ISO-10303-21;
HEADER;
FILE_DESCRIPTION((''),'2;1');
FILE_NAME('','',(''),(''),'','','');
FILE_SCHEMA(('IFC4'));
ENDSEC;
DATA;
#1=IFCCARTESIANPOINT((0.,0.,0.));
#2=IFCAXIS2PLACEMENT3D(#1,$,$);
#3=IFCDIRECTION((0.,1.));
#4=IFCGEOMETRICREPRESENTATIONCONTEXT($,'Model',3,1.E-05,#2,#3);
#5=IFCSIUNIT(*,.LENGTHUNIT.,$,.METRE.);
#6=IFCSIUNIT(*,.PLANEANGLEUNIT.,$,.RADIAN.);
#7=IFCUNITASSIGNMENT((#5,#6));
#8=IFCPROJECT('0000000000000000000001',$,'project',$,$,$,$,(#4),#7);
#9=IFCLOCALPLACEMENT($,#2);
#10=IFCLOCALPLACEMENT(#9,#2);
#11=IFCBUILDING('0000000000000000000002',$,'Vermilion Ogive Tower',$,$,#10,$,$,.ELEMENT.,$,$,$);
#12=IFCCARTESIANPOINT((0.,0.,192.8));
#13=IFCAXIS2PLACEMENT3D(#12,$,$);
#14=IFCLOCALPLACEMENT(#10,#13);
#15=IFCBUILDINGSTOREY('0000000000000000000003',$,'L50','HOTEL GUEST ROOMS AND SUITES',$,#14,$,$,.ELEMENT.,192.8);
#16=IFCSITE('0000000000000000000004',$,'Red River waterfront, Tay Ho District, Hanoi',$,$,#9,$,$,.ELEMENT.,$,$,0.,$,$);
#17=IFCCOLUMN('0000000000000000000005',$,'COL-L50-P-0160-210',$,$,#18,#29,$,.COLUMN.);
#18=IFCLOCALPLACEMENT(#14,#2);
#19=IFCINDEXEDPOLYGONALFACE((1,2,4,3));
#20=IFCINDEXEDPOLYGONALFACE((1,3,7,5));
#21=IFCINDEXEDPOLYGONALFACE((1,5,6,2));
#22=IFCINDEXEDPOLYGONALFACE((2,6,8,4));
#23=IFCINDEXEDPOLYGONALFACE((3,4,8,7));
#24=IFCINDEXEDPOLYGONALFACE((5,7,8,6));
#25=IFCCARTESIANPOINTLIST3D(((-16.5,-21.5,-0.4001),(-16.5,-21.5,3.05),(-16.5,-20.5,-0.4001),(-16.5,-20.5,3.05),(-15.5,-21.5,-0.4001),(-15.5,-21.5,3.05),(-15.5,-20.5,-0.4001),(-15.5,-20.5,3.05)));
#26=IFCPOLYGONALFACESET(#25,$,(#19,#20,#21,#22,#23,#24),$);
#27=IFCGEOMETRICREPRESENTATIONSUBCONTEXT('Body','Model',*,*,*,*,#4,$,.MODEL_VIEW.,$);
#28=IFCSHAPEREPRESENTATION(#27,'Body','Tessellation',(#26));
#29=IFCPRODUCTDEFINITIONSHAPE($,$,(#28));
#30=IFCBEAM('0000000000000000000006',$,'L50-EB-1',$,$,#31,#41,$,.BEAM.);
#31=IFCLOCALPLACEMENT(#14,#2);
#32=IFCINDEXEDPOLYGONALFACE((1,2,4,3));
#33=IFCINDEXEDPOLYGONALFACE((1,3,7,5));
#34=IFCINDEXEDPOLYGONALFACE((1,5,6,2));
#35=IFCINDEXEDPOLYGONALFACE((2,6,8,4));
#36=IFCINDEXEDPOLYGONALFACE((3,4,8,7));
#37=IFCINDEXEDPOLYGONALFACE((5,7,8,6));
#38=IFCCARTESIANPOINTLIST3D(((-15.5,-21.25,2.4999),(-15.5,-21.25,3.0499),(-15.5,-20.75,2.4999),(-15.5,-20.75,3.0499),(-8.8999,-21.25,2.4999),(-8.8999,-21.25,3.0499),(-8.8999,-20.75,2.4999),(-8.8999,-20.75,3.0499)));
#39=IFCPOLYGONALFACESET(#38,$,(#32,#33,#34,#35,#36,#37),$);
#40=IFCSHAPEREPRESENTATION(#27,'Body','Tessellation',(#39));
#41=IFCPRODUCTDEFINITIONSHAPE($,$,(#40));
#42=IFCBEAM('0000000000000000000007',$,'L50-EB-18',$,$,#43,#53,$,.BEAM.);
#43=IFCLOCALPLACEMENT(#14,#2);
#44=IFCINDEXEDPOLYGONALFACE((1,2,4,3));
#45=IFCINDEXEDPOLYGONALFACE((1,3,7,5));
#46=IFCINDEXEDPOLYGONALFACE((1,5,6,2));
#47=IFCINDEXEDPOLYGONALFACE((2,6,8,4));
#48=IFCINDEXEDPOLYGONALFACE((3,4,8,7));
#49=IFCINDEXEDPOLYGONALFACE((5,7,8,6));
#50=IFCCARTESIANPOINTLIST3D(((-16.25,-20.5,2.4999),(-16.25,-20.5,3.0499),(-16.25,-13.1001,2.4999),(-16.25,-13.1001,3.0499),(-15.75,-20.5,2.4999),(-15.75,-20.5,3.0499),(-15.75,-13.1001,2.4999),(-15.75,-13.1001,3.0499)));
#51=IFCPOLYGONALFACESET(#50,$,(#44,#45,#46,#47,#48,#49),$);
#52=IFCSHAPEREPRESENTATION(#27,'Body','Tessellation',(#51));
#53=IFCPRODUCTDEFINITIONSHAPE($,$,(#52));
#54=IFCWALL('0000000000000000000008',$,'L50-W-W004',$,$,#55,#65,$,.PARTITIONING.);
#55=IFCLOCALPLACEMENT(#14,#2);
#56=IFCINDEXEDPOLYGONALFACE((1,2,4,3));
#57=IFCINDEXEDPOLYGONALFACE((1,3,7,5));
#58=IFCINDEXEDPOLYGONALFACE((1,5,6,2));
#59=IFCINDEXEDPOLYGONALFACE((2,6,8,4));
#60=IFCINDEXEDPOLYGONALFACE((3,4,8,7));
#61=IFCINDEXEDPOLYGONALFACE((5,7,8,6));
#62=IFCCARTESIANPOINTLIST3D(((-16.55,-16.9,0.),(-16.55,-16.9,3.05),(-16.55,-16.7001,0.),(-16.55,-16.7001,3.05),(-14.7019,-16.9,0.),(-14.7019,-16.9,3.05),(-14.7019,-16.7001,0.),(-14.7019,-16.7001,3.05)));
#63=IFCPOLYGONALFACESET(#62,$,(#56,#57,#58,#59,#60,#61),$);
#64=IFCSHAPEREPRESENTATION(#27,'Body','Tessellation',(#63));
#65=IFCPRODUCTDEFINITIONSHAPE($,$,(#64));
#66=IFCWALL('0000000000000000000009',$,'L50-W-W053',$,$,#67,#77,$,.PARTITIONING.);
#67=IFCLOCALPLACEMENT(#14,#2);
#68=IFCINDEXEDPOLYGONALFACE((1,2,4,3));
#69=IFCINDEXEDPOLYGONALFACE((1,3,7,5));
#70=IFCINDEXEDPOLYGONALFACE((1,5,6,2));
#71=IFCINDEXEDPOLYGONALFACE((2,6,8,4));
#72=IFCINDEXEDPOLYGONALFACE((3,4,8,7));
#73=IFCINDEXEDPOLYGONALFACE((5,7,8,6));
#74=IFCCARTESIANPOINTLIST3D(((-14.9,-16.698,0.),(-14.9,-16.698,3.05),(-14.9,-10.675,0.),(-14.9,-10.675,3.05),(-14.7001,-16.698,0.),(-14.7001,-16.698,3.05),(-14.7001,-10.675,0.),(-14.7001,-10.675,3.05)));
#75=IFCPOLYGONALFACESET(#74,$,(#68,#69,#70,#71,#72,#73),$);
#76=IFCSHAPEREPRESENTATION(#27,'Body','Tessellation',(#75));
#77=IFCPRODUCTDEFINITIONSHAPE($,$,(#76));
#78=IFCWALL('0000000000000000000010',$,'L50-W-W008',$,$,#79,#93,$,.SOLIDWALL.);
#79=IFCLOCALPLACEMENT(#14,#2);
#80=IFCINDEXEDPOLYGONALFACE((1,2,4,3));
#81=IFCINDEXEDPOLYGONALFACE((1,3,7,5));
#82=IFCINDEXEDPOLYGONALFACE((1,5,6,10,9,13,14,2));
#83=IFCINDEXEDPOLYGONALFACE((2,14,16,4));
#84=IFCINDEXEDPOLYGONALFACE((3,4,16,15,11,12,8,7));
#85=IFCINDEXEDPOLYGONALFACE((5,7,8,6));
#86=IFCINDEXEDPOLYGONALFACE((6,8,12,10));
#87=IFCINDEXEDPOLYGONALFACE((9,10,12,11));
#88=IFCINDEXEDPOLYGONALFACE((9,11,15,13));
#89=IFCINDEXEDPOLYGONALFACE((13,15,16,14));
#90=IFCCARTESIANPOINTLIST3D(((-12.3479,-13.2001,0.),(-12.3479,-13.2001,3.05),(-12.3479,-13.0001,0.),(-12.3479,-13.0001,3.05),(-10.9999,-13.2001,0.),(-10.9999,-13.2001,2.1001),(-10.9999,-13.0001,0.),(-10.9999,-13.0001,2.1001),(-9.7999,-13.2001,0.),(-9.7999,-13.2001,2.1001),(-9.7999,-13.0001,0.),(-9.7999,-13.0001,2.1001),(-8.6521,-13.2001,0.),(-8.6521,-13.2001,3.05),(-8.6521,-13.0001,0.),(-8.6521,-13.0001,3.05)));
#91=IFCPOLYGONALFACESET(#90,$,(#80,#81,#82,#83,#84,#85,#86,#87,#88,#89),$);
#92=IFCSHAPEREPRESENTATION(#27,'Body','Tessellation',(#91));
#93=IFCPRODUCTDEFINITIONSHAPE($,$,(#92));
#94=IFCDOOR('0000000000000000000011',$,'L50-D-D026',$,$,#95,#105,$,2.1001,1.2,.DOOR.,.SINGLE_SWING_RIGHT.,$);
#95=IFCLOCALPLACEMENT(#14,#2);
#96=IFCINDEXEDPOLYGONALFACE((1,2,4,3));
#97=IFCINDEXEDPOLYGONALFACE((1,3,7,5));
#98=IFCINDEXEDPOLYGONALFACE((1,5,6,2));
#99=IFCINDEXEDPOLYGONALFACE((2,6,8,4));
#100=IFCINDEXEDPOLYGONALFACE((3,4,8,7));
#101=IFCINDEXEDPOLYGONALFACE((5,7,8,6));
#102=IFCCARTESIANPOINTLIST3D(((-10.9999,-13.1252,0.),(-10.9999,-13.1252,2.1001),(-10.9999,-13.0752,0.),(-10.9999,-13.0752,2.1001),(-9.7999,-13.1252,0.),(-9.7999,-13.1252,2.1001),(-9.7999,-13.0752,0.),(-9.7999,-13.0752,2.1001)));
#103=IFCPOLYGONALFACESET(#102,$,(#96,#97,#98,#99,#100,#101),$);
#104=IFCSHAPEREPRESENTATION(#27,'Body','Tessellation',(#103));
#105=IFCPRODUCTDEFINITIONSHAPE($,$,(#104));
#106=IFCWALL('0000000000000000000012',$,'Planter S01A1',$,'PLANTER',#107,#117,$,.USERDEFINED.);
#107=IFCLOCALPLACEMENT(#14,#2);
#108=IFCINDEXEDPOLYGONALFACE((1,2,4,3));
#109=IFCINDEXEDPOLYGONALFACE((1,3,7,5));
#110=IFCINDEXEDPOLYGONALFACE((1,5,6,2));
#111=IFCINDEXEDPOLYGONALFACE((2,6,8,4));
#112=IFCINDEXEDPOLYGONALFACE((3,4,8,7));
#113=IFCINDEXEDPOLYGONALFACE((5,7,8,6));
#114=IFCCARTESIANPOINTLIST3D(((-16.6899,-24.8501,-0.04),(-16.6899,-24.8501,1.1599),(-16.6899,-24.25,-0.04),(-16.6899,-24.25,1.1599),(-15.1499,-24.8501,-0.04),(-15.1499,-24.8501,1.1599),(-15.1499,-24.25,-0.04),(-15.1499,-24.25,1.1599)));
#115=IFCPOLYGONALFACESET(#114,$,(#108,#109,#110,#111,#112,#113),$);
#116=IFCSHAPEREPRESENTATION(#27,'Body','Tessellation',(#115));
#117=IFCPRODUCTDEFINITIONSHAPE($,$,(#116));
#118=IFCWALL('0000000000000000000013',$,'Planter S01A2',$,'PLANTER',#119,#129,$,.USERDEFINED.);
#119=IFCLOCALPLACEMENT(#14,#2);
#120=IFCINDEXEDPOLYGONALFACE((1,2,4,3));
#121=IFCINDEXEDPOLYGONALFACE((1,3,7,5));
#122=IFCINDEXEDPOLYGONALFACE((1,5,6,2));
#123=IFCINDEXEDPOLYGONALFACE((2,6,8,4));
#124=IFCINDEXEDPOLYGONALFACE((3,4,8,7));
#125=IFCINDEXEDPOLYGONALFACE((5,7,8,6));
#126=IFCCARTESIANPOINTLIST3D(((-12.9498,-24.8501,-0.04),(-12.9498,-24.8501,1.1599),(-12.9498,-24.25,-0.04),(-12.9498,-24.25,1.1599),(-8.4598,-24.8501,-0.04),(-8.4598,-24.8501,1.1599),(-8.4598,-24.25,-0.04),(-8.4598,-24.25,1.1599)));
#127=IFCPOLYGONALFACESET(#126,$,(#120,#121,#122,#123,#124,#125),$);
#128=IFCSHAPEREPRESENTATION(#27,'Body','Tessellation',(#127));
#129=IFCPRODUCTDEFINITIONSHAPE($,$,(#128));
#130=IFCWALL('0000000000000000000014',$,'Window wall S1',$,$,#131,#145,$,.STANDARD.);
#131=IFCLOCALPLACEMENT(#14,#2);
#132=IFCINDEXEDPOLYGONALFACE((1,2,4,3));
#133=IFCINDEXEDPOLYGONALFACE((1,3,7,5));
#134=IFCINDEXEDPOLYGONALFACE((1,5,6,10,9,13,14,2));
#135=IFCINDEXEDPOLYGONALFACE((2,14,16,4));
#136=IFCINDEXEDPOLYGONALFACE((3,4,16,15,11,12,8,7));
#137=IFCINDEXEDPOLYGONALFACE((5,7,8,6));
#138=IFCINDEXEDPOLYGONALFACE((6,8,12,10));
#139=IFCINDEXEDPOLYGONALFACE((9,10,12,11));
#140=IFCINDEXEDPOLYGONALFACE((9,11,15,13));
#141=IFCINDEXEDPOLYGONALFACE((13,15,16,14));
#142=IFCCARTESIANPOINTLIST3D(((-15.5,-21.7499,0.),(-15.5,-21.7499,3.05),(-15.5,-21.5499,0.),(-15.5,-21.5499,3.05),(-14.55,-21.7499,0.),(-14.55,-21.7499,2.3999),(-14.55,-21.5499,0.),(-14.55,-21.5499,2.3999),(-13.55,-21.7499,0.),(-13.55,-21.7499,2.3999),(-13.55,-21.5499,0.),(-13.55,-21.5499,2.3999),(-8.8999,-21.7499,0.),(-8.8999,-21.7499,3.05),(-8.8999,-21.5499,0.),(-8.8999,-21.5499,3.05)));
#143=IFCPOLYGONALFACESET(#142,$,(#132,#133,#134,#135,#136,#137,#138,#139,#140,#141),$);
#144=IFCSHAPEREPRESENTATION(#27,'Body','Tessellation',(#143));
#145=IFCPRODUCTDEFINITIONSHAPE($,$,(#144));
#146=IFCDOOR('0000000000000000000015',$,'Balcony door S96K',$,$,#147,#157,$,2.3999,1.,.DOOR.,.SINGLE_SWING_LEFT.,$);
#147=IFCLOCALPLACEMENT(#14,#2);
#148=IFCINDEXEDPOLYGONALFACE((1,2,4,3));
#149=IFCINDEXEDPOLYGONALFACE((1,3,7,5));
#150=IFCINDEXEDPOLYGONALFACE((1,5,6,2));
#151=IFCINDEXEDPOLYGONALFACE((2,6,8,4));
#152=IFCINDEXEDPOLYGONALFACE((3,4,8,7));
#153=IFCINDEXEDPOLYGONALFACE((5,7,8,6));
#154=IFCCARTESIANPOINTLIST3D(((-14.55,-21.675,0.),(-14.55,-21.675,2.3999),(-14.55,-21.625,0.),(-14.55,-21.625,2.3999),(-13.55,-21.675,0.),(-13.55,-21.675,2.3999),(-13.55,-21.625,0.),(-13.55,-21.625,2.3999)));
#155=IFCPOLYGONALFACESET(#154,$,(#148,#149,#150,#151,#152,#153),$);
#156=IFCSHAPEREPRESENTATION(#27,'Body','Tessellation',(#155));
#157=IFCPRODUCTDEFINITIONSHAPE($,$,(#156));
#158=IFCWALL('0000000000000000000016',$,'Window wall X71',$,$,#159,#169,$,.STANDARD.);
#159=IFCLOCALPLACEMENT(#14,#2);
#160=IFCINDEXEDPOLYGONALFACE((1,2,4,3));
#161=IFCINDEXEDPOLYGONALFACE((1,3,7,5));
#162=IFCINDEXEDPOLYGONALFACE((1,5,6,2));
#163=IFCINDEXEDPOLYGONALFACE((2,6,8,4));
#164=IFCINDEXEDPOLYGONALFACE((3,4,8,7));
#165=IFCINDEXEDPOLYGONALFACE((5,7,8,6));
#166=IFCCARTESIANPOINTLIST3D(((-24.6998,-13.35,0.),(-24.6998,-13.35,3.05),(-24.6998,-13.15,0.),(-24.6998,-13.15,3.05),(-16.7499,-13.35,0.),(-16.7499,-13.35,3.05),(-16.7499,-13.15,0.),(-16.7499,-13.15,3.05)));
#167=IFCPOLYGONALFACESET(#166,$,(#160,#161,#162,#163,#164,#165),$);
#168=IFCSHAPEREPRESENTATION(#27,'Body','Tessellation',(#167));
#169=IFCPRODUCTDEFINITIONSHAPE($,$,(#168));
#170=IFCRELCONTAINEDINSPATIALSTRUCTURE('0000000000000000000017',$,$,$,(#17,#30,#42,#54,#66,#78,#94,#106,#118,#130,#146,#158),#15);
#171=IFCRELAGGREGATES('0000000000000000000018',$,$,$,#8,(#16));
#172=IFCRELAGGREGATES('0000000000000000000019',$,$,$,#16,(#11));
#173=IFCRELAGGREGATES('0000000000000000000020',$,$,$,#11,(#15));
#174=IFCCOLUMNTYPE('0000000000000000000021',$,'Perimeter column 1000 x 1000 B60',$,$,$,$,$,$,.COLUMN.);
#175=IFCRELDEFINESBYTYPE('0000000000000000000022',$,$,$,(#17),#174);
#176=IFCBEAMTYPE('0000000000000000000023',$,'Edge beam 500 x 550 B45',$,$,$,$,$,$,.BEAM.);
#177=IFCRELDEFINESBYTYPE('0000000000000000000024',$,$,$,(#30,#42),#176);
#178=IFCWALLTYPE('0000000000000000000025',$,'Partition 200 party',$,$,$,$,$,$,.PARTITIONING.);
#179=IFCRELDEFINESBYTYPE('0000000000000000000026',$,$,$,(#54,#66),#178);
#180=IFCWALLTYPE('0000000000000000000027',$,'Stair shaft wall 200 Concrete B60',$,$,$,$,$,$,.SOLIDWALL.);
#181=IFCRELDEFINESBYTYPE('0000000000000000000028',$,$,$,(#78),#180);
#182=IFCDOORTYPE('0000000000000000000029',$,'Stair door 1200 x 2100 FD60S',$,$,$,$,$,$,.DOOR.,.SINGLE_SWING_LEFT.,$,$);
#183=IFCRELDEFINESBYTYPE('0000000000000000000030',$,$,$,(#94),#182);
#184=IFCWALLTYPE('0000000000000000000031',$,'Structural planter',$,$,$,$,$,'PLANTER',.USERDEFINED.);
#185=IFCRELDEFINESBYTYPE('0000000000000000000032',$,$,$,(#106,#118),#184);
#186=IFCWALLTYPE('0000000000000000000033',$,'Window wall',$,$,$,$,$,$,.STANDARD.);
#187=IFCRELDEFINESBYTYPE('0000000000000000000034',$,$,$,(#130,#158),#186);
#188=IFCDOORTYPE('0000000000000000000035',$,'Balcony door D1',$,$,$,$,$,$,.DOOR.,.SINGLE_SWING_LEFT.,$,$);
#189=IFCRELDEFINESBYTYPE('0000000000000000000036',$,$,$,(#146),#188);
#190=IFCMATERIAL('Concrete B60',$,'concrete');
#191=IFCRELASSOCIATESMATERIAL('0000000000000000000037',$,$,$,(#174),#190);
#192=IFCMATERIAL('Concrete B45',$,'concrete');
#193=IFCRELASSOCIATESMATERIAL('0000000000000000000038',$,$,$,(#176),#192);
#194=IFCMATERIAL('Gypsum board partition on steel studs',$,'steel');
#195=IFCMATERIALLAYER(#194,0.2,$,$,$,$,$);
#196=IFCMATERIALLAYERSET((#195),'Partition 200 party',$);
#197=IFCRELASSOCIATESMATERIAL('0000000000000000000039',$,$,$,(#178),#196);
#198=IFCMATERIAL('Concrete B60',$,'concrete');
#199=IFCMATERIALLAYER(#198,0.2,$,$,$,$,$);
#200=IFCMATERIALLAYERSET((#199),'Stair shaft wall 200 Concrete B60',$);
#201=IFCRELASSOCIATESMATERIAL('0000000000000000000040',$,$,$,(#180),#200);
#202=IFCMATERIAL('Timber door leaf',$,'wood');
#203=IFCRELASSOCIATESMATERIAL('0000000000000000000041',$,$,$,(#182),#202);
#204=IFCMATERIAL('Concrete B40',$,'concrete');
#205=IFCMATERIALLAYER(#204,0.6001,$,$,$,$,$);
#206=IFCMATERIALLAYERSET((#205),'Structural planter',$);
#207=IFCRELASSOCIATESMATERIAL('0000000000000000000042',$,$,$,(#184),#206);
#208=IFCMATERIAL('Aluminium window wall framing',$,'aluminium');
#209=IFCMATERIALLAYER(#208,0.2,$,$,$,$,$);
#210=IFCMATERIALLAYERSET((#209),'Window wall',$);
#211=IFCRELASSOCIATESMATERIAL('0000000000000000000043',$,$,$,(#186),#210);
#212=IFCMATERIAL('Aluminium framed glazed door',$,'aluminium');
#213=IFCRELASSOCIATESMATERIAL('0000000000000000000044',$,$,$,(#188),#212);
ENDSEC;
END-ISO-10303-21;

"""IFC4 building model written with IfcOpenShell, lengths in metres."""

from ifc_helpers import new_model, si_unit, direction, frame, frame_2d, origin, origin_2d, place, context, subcontext, project, spatial, rectangle, extrude, material, layer, layer_set, material_profile, profile_set, type_object, element, fill, save


model = new_model("IFC4")

# Units and contexts
model_context = context("Model", 3, precision=1e-05, world=origin(), true_north=direction((0.0, 1.0)))
body_context = subcontext(model_context, "Body", "Model", "MODEL_VIEW")
ifc_project = project(units=[si_unit("LENGTHUNIT", "METRE"), si_unit("PLANEANGLEUNIT", "RADIAN")], contexts=[model_context])

# Site, building, storey
site_placement = place(None, origin())
site = spatial("IfcSite", under=ifc_project, at=site_placement, Name="Red River waterfront, Tay Ho District, Hanoi", CompositionType="ELEMENT", RefElevation=0.0)
building_placement = place(site_placement, origin())
building = spatial("IfcBuilding", under=site, at=building_placement, Name="Vermilion Ogive Tower", CompositionType="ELEMENT")
storey_placement = place(building_placement, frame((0.0, 0.0, 192.8)))
storey = spatial("IfcBuildingStorey", under=building, at=storey_placement, Name="L50", Description="HOTEL GUEST ROOMS AND SUITES", CompositionType="ELEMENT", Elevation=192.8)

# Column
ifc_material_1 = material(Name="Concrete B60", Category="concrete")
ifc_material_profile_1 = material_profile(ifc_material_1, rectangle(XDim=1.0, YDim=1.0, at=origin_2d()), Name="1000 x 1000")
ifc_profile_set_1 = profile_set([ifc_material_profile_1], Name="Concrete B60")
column_type = type_object("IfcColumnType", Name="Perimeter column 1000 x 1000 B60", PredefinedType="COLUMN", material=ifc_profile_set_1)
column_placement = place(storey_placement, frame((-16.0, -21.0, -0.4001), z_axis=(0.0, 0.0, 1.0), x_axis=(1.0, 0.0, 0.0)))
element("IfcColumn", 1, at=column_placement, inside=storey, type_object=column_type, Name="COL-L50-P-0160-210", PredefinedType="COLUMN", context=body_context, shape_type="SweptSolid", body=[
    extrude(rectangle(XDim=1.0, YDim=1.0, at=origin_2d()), origin(), (0.0, 0.0, 1.0), 3.4502),
])

# Beams
ifc_material_2 = material(Name="Concrete B45", Category="concrete")
ifc_material_profile_2 = material_profile(ifc_material_2, rectangle(XDim=0.5, YDim=0.55, at=origin_2d()), Name="500 x 550")
ifc_profile_set_2 = profile_set([ifc_material_profile_2], Name="Concrete B45")
beam_type = type_object("IfcBeamType", Name="Edge beam 500 x 550 B45", PredefinedType="BEAM", material=ifc_profile_set_2)
beam_1_placement = place(storey_placement, frame((-15.5, -21.0, 2.7749), z_axis=(1.0, 0.0, 0.0), x_axis=(0.0, 1.0, 0.0)))
element("IfcBeam", 2, at=beam_1_placement, inside=storey, type_object=beam_type, Name="L50-EB-1", PredefinedType="BEAM", context=body_context, shape_type="SweptSolid", body=[
    extrude(rectangle(XDim=0.5, YDim=0.55, at=origin_2d()), origin(), (0.0, 0.0, 1.0), 6.6001),
])
beam_2_placement = place(storey_placement, frame((-16.0, -13.1001, 2.7749), z_axis=(0.0, -1.0, 0.0), x_axis=(1.0, 0.0, 0.0)))
element("IfcBeam", 3, at=beam_2_placement, inside=storey, type_object=beam_type, Name="L50-EB-18", PredefinedType="BEAM", context=body_context, shape_type="SweptSolid", body=[
    extrude(rectangle(XDim=0.5, YDim=0.55, at=origin_2d()), origin(), (0.0, 0.0, 1.0), 7.3999),
])

# Walls
ifc_material_3 = material(Name="Gypsum board partition on steel studs", Category="steel")
ifc_layer_1 = layer(ifc_material_3, 0.2)
ifc_layer_set_1 = layer_set([ifc_layer_1], Name="Partition 200 party")
wall_type_1 = type_object("IfcWallType", Name="Partition 200 party", PredefinedType="PARTITIONING", material=ifc_layer_set_1)
wall_1_placement = place(storey_placement, frame((-16.55, -16.8, 0.0), z_axis=(0.0, 0.0, 1.0), x_axis=(1.0, 0.0, 0.0)))
element("IfcWall", 4, at=wall_1_placement, inside=storey, type_object=wall_type_1, Name="L50-W-W004", PredefinedType="PARTITIONING", context=body_context, shape_type="SweptSolid", body=[
    extrude(rectangle(XDim=1.8481, YDim=0.2, at=frame_2d((0.9241, 0.0))), origin(), (0.0, 0.0, 1.0), 3.05),
])
wall_2_placement = place(storey_placement, frame((-14.8, -16.698, 0.0), z_axis=(0.0, 0.0, 1.0), x_axis=(0.0, 1.0, 0.0)))
element("IfcWall", 5, at=wall_2_placement, inside=storey, type_object=wall_type_1, Name="L50-W-W053", PredefinedType="PARTITIONING", context=body_context, shape_type="SweptSolid", body=[
    extrude(rectangle(XDim=6.0229, YDim=0.2, at=frame_2d((3.0115, 0.0))), origin(), (0.0, 0.0, 1.0), 3.05),
])

# Wall, opening, door
ifc_material_4 = material(Name="Concrete B60", Category="concrete")
ifc_layer_2 = layer(ifc_material_4, 0.2)
ifc_layer_set_2 = layer_set([ifc_layer_2], Name="Stair shaft wall 200 Concrete B60")
wall_type_2 = type_object("IfcWallType", Name="Stair shaft wall 200 Concrete B60", PredefinedType="SOLIDWALL", material=ifc_layer_set_2)
wall_3_placement = place(storey_placement, frame((-12.3479, -13.1001, 0.0), z_axis=(0.0, 0.0, 1.0), x_axis=(1.0, 0.0, 0.0)))
wall_3 = element("IfcWall", 6, at=wall_3_placement, inside=storey, type_object=wall_type_2, Name="L50-W-W008", PredefinedType="SOLIDWALL", context=body_context, shape_type="SweptSolid", body=[
    extrude(rectangle(XDim=3.6958, YDim=0.2, at=frame_2d((1.8479, 0.0))), origin(), (0.0, 0.0, 1.0), 3.05),
])
opening_1_placement = place(wall_3_placement, frame((1.3479, 0.0, 0.0)))
opening_1 = element("IfcOpeningElement", 7, at=opening_1_placement, cuts=wall_3, PredefinedType="OPENING", context=body_context, shape_type="SweptSolid", body=[
    extrude(rectangle(XDim=1.2, YDim=2.1001, at=frame_2d((0.6001, 1.05))), frame((0.0, 0.1099, 0.0), z_axis=(0.0, -1.0, 0.0), x_axis=(1.0, 0.0, 0.0)), (0.0, 0.0, 1.0), 0.22),
])
ifc_material_5 = material(Name="Timber door leaf", Category="wood")
door_type_1 = type_object("IfcDoorType", Name="Stair door 1200 x 2100 FD60S", OperationType="SINGLE_SWING_LEFT", PredefinedType="DOOR", material=ifc_material_5)
door_1_placement = place(opening_1_placement, origin())
door_1 = element("IfcDoor", 8, at=door_1_placement, inside=storey, type_object=door_type_1, Name="L50-D-D026", OperationType="SINGLE_SWING_RIGHT", OverallHeight=2.1001, OverallWidth=1.2, PredefinedType="DOOR", context=body_context, shape_type="SweptSolid", body=[
    extrude(rectangle(XDim=1.2, YDim=2.1001, at=frame_2d((0.6001, 1.05))), frame((0.0, 0.0249, 0.0), z_axis=(0.0, -1.0, 0.0), x_axis=(1.0, 0.0, 0.0)), (0.0, 0.0, 1.0), 0.05),
])
fill(opening_1, door_1)

# Walls
ifc_material_6 = material(Name="Concrete B40", Category="concrete")
ifc_layer_3 = layer(ifc_material_6, 0.6001)
ifc_layer_set_3 = layer_set([ifc_layer_3], Name="Structural planter")
wall_type_3 = type_object("IfcWallType", Name="Structural planter", ElementType="PLANTER", PredefinedType="USERDEFINED", material=ifc_layer_set_3)
wall_4_placement = place(storey_placement, frame((-16.6899, -24.55, -0.04), z_axis=(0.0, 0.0, 1.0), x_axis=(1.0, 0.0, 0.0)))
element("IfcWall", 9, at=wall_4_placement, inside=storey, type_object=wall_type_3, Name="Planter S01A1", ObjectType="PLANTER", PredefinedType="USERDEFINED", context=body_context, shape_type="SweptSolid", body=[
    extrude(rectangle(XDim=1.54, YDim=0.6001, at=frame_2d((0.77, 0.0))), origin(), (0.0, 0.0, 1.0), 1.2),
])
wall_5_placement = place(storey_placement, frame((-12.95, -24.55, -0.04), z_axis=(0.0, 0.0, 1.0), x_axis=(1.0, 0.0, 0.0)))
element("IfcWall", 10, at=wall_5_placement, inside=storey, type_object=wall_type_3, Name="Planter S01A2", ObjectType="PLANTER", PredefinedType="USERDEFINED", context=body_context, shape_type="SweptSolid", body=[
    extrude(rectangle(XDim=4.49, YDim=0.6001, at=frame_2d((2.2451, 0.0))), origin(), (0.0, 0.0, 1.0), 1.2),
])

# Wall, opening, door
ifc_material_7 = material(Name="Aluminium window wall framing", Category="aluminium")
ifc_layer_4 = layer(ifc_material_7, 0.2)
ifc_layer_set_4 = layer_set([ifc_layer_4], Name="Window wall")
wall_type_4 = type_object("IfcWallType", Name="Window wall", PredefinedType="STANDARD", material=ifc_layer_set_4)
wall_6_placement = place(storey_placement, frame((-15.5, -21.6499, 0.0), z_axis=(0.0, 0.0, 1.0), x_axis=(1.0, 0.0, 0.0)))
wall_6 = element("IfcWall", 11, at=wall_6_placement, inside=storey, type_object=wall_type_4, Name="Window wall S1", PredefinedType="STANDARD", context=body_context, shape_type="SweptSolid", body=[
    extrude(rectangle(XDim=6.6001, YDim=0.2, at=frame_2d((3.3, 0.0))), origin(), (0.0, 0.0, 1.0), 3.05),
])
opening_2_placement = place(wall_6_placement, frame((0.95, 0.0, 0.0)))
opening_2 = element("IfcOpeningElement", 12, at=opening_2_placement, cuts=wall_6, PredefinedType="OPENING", context=body_context, shape_type="SweptSolid", body=[
    extrude(rectangle(XDim=1.0, YDim=2.3999, at=frame_2d((0.5, 1.2))), frame((0.0, 0.1099, 0.0), z_axis=(0.0, -1.0, 0.0), x_axis=(1.0, 0.0, 0.0)), (0.0, 0.0, 1.0), 0.22),
])
ifc_material_8 = material(Name="Aluminium framed glazed door", Category="aluminium")
door_type_2 = type_object("IfcDoorType", Name="Balcony door D1", OperationType="SINGLE_SWING_LEFT", PredefinedType="DOOR", material=ifc_material_8)
door_2_placement = place(opening_2_placement, origin())
door_2 = element("IfcDoor", 13, at=door_2_placement, inside=storey, type_object=door_type_2, Name="Balcony door S96K", OperationType="SINGLE_SWING_LEFT", OverallHeight=2.3999, OverallWidth=1.0, PredefinedType="DOOR", context=body_context, shape_type="SweptSolid", body=[
    extrude(rectangle(XDim=1.0, YDim=2.3999, at=frame_2d((0.5, 1.2))), frame((0.0, 0.0249, 0.0), z_axis=(0.0, -1.0, 0.0), x_axis=(1.0, 0.0, 0.0)), (0.0, 0.0, 1.0), 0.05),
])
fill(opening_2, door_2)

# Wall
wall_7_placement = place(storey_placement, frame((-24.7, -13.25, 0.0), z_axis=(0.0, 0.0, 1.0), x_axis=(1.0, 0.0, 0.0)))
element("IfcWall", 14, at=wall_7_placement, inside=storey, type_object=wall_type_4, Name="Window wall X71", PredefinedType="STANDARD", context=body_context, shape_type="SweptSolid", body=[
    extrude(rectangle(XDim=7.95, YDim=0.2, at=frame_2d((3.9751, 0.0))), origin(), (0.0, 0.0, 1.0), 3.05),
])

save(model, "model.ifc")
